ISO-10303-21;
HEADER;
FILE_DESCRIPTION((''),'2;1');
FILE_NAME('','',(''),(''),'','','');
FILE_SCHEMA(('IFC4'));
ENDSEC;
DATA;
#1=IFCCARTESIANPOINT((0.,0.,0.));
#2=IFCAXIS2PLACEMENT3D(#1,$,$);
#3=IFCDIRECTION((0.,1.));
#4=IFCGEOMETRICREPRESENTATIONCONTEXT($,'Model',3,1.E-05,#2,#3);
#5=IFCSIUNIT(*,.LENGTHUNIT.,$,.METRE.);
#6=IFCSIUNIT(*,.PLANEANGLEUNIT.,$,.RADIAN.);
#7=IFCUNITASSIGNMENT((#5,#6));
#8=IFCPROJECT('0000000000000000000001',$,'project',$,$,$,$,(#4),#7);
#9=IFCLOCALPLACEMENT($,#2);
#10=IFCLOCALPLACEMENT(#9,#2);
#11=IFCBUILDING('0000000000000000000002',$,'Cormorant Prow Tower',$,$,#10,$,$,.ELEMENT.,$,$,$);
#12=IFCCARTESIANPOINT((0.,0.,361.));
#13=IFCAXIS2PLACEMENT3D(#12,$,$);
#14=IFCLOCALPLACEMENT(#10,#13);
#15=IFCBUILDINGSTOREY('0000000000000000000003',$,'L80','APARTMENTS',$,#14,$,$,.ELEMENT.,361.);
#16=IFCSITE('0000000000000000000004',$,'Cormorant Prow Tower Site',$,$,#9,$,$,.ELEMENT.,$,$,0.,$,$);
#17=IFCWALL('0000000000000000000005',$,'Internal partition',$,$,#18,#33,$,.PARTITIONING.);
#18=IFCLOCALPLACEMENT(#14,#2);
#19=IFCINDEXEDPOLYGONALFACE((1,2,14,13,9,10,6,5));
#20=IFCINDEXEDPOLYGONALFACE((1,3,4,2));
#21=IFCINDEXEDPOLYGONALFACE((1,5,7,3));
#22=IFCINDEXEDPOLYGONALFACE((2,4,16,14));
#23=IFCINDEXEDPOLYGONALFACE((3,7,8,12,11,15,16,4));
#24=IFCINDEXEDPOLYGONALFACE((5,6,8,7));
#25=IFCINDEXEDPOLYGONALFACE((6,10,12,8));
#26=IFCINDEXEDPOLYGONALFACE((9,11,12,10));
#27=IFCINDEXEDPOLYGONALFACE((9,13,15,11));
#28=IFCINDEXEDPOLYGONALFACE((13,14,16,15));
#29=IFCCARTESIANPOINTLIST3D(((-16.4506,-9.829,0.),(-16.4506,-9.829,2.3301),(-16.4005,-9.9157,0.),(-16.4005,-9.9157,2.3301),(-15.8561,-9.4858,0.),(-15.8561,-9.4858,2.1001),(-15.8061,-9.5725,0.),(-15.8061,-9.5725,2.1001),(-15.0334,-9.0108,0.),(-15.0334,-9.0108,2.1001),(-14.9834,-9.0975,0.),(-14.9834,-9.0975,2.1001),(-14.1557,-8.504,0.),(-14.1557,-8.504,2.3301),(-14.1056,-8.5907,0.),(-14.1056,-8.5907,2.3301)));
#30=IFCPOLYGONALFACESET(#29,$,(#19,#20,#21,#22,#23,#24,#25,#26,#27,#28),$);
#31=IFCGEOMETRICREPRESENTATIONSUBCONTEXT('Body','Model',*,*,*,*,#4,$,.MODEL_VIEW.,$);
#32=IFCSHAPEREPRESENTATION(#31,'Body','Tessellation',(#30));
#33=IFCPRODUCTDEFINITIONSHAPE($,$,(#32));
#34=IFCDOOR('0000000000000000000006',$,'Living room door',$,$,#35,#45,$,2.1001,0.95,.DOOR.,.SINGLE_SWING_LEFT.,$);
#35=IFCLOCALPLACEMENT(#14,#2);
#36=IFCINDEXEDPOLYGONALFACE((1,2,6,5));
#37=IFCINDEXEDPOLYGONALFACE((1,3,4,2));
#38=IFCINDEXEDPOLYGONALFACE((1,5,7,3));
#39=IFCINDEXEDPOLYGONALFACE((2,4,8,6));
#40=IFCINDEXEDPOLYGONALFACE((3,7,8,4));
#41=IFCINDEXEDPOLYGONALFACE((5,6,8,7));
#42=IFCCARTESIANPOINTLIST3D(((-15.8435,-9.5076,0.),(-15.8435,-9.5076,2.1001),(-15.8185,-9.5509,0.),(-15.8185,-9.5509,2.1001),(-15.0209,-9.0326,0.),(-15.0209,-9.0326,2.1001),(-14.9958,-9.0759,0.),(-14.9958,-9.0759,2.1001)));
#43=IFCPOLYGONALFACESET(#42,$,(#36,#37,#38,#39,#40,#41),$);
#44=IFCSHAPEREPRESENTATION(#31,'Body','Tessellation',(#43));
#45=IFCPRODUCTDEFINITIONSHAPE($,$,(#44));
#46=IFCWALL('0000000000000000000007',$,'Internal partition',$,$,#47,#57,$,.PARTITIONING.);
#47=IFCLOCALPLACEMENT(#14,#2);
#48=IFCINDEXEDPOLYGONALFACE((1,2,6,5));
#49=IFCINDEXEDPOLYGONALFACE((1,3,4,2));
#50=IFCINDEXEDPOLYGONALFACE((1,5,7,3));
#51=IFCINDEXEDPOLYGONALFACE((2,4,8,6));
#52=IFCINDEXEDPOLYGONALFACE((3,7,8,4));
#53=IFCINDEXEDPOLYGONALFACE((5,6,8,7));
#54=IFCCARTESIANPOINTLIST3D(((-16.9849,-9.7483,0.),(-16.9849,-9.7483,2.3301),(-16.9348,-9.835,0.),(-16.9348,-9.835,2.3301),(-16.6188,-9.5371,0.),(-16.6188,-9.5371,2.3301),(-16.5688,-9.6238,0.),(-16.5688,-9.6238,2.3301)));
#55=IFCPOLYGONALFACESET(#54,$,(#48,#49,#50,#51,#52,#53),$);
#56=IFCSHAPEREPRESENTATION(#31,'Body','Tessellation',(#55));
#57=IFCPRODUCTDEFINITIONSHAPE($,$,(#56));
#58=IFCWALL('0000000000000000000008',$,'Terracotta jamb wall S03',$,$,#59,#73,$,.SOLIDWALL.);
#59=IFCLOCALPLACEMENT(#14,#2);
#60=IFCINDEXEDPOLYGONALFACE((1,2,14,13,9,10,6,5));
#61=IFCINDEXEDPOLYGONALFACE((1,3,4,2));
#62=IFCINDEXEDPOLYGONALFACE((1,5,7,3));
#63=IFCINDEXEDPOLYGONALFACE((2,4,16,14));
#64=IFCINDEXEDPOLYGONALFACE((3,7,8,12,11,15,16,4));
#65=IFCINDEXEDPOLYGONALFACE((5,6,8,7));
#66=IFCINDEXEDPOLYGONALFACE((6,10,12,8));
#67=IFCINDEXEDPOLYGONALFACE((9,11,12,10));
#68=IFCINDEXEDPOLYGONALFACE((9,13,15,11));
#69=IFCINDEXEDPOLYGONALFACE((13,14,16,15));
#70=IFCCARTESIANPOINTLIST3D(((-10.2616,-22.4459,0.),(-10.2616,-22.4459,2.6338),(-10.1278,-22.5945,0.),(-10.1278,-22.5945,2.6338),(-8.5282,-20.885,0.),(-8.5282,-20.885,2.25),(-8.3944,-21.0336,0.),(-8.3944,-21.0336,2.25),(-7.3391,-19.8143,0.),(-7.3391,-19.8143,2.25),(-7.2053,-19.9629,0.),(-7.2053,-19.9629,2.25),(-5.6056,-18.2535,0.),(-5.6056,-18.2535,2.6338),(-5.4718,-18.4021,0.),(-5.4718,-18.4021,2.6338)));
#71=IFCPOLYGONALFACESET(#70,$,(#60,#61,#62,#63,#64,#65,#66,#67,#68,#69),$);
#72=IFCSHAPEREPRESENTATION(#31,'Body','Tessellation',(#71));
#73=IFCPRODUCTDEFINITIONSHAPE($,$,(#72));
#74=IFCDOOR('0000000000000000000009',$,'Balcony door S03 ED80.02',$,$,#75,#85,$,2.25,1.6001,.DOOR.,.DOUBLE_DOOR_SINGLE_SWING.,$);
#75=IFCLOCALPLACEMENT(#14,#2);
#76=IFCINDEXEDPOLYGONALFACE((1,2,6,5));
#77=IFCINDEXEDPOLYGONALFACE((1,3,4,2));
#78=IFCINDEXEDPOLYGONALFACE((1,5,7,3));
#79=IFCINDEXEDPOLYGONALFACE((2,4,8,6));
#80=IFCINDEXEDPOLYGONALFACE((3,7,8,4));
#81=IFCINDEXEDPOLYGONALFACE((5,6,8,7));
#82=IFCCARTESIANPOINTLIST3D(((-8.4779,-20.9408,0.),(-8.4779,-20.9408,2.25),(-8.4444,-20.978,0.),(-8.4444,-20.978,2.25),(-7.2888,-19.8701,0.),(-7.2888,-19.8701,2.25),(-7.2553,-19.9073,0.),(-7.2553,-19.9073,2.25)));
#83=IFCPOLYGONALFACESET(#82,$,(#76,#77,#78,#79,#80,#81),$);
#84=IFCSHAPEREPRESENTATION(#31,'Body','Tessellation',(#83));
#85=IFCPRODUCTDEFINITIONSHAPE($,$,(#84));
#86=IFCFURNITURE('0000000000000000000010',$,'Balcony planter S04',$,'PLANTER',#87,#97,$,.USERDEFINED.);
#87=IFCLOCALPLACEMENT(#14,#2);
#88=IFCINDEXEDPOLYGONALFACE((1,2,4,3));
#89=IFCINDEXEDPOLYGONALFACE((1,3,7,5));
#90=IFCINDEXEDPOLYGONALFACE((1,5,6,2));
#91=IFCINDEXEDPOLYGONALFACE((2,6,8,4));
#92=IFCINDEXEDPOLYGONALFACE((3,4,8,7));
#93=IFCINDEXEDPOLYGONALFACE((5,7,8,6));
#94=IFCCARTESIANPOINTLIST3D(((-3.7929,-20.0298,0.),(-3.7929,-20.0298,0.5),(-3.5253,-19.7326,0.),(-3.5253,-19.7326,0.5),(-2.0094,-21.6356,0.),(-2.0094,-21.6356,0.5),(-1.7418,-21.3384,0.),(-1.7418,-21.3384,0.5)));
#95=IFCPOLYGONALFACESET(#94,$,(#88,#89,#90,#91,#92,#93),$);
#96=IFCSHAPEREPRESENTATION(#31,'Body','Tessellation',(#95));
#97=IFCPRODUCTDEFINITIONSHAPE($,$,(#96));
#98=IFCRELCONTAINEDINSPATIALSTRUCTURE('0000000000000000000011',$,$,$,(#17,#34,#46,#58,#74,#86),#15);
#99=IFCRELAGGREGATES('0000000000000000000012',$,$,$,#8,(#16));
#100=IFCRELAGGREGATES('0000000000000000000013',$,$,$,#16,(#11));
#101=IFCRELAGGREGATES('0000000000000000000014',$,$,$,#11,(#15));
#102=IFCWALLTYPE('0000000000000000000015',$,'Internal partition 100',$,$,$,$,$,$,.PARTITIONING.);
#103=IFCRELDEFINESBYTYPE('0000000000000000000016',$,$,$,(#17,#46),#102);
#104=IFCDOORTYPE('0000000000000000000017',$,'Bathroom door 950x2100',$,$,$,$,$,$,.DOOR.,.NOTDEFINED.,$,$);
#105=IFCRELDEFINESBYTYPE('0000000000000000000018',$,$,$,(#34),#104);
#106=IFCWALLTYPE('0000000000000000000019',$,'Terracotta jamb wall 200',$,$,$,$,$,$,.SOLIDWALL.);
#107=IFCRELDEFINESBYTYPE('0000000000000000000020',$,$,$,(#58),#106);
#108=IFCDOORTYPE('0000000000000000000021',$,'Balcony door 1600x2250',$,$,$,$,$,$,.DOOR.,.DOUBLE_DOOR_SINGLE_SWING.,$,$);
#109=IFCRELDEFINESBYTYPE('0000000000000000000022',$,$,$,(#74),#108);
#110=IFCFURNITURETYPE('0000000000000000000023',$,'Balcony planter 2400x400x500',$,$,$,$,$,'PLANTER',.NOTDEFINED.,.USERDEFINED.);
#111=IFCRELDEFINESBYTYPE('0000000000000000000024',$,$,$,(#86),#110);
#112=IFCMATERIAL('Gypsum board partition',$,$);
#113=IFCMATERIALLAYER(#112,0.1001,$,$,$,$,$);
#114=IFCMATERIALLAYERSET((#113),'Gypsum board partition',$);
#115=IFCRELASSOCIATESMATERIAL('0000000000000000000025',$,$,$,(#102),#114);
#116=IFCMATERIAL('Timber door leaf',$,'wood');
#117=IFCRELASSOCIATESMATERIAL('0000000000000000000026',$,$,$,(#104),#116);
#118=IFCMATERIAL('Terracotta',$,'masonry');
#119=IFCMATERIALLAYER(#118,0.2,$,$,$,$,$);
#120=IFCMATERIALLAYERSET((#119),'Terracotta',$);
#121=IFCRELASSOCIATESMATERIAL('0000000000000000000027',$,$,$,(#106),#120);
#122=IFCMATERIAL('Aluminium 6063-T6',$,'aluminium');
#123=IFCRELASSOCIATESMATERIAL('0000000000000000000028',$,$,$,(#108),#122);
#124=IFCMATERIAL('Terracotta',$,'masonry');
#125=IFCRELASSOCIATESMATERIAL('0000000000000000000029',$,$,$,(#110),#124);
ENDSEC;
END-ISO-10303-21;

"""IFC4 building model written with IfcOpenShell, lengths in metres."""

from ifc_helpers import new_model, si_unit, direction, frame, frame_2d, origin, origin_2d, place, context, subcontext, project, spatial, rectangle, extrude, material, layer, layer_set, type_object, element, fill, save


model = new_model("IFC4")

# Units and contexts
model_context = context("Model", 3, precision=1e-05, world=origin(), true_north=direction((0.0, 1.0)))
body_context = subcontext(model_context, "Body", "Model", "MODEL_VIEW")
ifc_project = project(units=[si_unit("LENGTHUNIT", "METRE"), si_unit("PLANEANGLEUNIT", "RADIAN")], contexts=[model_context])

# Site, building, storey
site_placement = place(None, origin())
site = spatial("IfcSite", under=ifc_project, at=site_placement, Name="Cormorant Prow Tower Site", CompositionType="ELEMENT", RefElevation=0.0)
building_placement = place(site_placement, origin())
building = spatial("IfcBuilding", under=site, at=building_placement, Name="Cormorant Prow Tower", CompositionType="ELEMENT")
storey_placement = place(building_placement, frame((0.0, 0.0, 361.0)))
storey = spatial("IfcBuildingStorey", under=building, at=storey_placement, Name="L80", Description="APARTMENTS", CompositionType="ELEMENT", Elevation=361.0)

# Wall, opening, door
ifc_material_1 = material(Name="Gypsum board partition")
ifc_layer_1 = layer(ifc_material_1, 0.1001)
ifc_layer_set_1 = layer_set([ifc_layer_1], Name="Gypsum board partition")
wall_type_1 = type_object("IfcWallType", Name="Internal partition 100", PredefinedType="PARTITIONING", material=ifc_layer_set_1)
wall_1_placement = place(storey_placement, frame((-16.4255, -9.8723, 0.0), z_axis=(0.0, 0.0, 1.0), x_axis=(0.866029, 0.499994, 0.0)))
wall_1 = element("IfcWall", 1, at=wall_1_placement, inside=storey, type_object=wall_type_1, Name="Internal partition", PredefinedType="PARTITIONING", context=body_context, shape_type="SweptSolid", body=[
    extrude(rectangle(XDim=2.6499, YDim=0.1001, at=frame_2d((1.325, 0.0))), origin(), (0.0, 0.0, 1.0), 2.3301),
])
opening_1_placement = place(wall_1_placement, frame((0.6863, 0.0, 0.0)))
opening_1 = element("IfcOpeningElement", 2, at=opening_1_placement, cuts=wall_1, PredefinedType="OPENING", context=body_context, shape_type="SweptSolid", body=[
    extrude(rectangle(XDim=0.95, YDim=2.1001, at=frame_2d((0.4751, 1.05))), frame((0.0, 0.0601, 0.0), z_axis=(0.0, -1.0, 0.0), x_axis=(1.0, 0.0, 0.0)), (0.0, 0.0, 1.0), 0.1201),
])
ifc_material_2 = material(Name="Timber door leaf", Category="wood")
door_type_1 = type_object("IfcDoorType", Name="Bathroom door 950x2100", OperationType="NOTDEFINED", PredefinedType="DOOR", material=ifc_material_2)
door_1_placement = place(opening_1_placement, origin())
door_1 = element("IfcDoor", 3, at=door_1_placement, inside=storey, type_object=door_type_1, Name="Living room door", OperationType="SINGLE_SWING_LEFT", OverallHeight=2.1001, OverallWidth=0.95, PredefinedType="DOOR", context=body_context, shape_type="SweptSolid", body=[
    extrude(rectangle(XDim=0.95, YDim=2.1001, at=frame_2d((0.4751, 1.05))), frame((0.0, 0.0249, 0.0), z_axis=(0.0, -1.0, 0.0), x_axis=(1.0, 0.0, 0.0)), (0.0, 0.0, 1.0), 0.05),
])
fill(opening_1, door_1)

# Wall
wall_2_placement = place(storey_placement, frame((-16.96, -9.7917, 0.0), z_axis=(0.0, 0.0, 1.0), x_axis=(0.866137, 0.499806, 0.0)))
element("IfcWall", 4, at=wall_2_placement, inside=storey, type_object=wall_type_1, Name="Internal partition", PredefinedType="PARTITIONING", context=body_context, shape_type="SweptSolid", body=[
    extrude(rectangle(XDim=0.4226, YDim=0.1001, at=frame_2d((0.2114, 0.0))), origin(), (0.0, 0.0, 1.0), 2.3301),
])

# Wall, opening, door
ifc_material_3 = material(Name="Terracotta", Category="masonry")
ifc_layer_2 = layer(ifc_material_3, 0.2)
ifc_layer_set_2 = layer_set([ifc_layer_2], Name="Terracotta")
wall_type_2 = type_object("IfcWallType", Name="Terracotta jamb wall 200", PredefinedType="SOLIDWALL", material=ifc_layer_set_2)
wall_3_placement = place(storey_placement, frame((-10.1948, -22.5203, 0.0), z_axis=(0.0, 0.0, 1.0), x_axis=(0.743137, 0.669139, 0.0)))
wall_3 = element("IfcWall", 5, at=wall_3_placement, inside=storey, type_object=wall_type_2, Name="Terracotta jamb wall S03", PredefinedType="SOLIDWALL", context=body_context, shape_type="SweptSolid", body=[
    extrude(rectangle(XDim=6.2654, YDim=0.2, at=frame_2d((3.1328, 0.0))), origin(), (0.0, 0.0, 1.0), 2.6338),
])
opening_2_placement = place(wall_3_placement, frame((2.3328, 0.0, 0.0)))
opening_2 = element("IfcOpeningElement", 6, at=opening_2_placement, cuts=wall_3, PredefinedType="OPENING", context=body_context, shape_type="SweptSolid", body=[
    extrude(rectangle(XDim=1.6001, YDim=2.25, at=frame_2d((0.8, 1.125))), frame((0.0, 0.1099, 0.0), z_axis=(0.0, -1.0, 0.0), x_axis=(1.0, 0.0, 0.0)), (0.0, 0.0, 1.0), 0.22),
])
ifc_material_4 = material(Name="Aluminium 6063-T6", Category="aluminium")
door_type_2 = type_object("IfcDoorType", Name="Balcony door 1600x2250", OperationType="DOUBLE_DOOR_SINGLE_SWING", PredefinedType="DOOR", material=ifc_material_4)
door_2_placement = place(opening_2_placement, origin())
door_2 = element("IfcDoor", 7, at=door_2_placement, inside=storey, type_object=door_type_2, Name="Balcony door S03 ED80.02", OperationType="DOUBLE_DOOR_SINGLE_SWING", OverallHeight=2.25, OverallWidth=1.6001, PredefinedType="DOOR", context=body_context, shape_type="SweptSolid", body=[
    extrude(rectangle(XDim=1.6001, YDim=2.25, at=frame_2d((0.8, 1.125))), frame((0.0, 0.0249, 0.0), z_axis=(0.0, -1.0, 0.0), x_axis=(1.0, 0.0, 0.0)), (0.0, 0.0, 1.0), 0.05),
])
fill(opening_2, door_2)

# Furniture
ifc_material_5 = material(Name="Terracotta", Category="masonry")
furniture_type = type_object("IfcFurnitureType", Name="Balcony planter 2400x400x500", ElementType="PLANTER", AssemblyPlace="NOTDEFINED", PredefinedType="USERDEFINED", material=ifc_material_5)
furniture_placement = place(storey_placement, frame((-2.7673, -20.6841, 0.0), z_axis=(0.0, 0.0, 1.0), x_axis=(0.743145, -0.669131, 0.0)))
element("IfcFurniture", 8, at=furniture_placement, inside=storey, type_object=furniture_type, Name="Balcony planter S04", ObjectType="PLANTER", PredefinedType="USERDEFINED", context=body_context, shape_type="SweptSolid", body=[
    extrude(rectangle(XDim=2.3999, YDim=0.3999, at=origin_2d()), origin(), (0.0, 0.0, 1.0), 0.5),
])

save(model, "model.ifc")
